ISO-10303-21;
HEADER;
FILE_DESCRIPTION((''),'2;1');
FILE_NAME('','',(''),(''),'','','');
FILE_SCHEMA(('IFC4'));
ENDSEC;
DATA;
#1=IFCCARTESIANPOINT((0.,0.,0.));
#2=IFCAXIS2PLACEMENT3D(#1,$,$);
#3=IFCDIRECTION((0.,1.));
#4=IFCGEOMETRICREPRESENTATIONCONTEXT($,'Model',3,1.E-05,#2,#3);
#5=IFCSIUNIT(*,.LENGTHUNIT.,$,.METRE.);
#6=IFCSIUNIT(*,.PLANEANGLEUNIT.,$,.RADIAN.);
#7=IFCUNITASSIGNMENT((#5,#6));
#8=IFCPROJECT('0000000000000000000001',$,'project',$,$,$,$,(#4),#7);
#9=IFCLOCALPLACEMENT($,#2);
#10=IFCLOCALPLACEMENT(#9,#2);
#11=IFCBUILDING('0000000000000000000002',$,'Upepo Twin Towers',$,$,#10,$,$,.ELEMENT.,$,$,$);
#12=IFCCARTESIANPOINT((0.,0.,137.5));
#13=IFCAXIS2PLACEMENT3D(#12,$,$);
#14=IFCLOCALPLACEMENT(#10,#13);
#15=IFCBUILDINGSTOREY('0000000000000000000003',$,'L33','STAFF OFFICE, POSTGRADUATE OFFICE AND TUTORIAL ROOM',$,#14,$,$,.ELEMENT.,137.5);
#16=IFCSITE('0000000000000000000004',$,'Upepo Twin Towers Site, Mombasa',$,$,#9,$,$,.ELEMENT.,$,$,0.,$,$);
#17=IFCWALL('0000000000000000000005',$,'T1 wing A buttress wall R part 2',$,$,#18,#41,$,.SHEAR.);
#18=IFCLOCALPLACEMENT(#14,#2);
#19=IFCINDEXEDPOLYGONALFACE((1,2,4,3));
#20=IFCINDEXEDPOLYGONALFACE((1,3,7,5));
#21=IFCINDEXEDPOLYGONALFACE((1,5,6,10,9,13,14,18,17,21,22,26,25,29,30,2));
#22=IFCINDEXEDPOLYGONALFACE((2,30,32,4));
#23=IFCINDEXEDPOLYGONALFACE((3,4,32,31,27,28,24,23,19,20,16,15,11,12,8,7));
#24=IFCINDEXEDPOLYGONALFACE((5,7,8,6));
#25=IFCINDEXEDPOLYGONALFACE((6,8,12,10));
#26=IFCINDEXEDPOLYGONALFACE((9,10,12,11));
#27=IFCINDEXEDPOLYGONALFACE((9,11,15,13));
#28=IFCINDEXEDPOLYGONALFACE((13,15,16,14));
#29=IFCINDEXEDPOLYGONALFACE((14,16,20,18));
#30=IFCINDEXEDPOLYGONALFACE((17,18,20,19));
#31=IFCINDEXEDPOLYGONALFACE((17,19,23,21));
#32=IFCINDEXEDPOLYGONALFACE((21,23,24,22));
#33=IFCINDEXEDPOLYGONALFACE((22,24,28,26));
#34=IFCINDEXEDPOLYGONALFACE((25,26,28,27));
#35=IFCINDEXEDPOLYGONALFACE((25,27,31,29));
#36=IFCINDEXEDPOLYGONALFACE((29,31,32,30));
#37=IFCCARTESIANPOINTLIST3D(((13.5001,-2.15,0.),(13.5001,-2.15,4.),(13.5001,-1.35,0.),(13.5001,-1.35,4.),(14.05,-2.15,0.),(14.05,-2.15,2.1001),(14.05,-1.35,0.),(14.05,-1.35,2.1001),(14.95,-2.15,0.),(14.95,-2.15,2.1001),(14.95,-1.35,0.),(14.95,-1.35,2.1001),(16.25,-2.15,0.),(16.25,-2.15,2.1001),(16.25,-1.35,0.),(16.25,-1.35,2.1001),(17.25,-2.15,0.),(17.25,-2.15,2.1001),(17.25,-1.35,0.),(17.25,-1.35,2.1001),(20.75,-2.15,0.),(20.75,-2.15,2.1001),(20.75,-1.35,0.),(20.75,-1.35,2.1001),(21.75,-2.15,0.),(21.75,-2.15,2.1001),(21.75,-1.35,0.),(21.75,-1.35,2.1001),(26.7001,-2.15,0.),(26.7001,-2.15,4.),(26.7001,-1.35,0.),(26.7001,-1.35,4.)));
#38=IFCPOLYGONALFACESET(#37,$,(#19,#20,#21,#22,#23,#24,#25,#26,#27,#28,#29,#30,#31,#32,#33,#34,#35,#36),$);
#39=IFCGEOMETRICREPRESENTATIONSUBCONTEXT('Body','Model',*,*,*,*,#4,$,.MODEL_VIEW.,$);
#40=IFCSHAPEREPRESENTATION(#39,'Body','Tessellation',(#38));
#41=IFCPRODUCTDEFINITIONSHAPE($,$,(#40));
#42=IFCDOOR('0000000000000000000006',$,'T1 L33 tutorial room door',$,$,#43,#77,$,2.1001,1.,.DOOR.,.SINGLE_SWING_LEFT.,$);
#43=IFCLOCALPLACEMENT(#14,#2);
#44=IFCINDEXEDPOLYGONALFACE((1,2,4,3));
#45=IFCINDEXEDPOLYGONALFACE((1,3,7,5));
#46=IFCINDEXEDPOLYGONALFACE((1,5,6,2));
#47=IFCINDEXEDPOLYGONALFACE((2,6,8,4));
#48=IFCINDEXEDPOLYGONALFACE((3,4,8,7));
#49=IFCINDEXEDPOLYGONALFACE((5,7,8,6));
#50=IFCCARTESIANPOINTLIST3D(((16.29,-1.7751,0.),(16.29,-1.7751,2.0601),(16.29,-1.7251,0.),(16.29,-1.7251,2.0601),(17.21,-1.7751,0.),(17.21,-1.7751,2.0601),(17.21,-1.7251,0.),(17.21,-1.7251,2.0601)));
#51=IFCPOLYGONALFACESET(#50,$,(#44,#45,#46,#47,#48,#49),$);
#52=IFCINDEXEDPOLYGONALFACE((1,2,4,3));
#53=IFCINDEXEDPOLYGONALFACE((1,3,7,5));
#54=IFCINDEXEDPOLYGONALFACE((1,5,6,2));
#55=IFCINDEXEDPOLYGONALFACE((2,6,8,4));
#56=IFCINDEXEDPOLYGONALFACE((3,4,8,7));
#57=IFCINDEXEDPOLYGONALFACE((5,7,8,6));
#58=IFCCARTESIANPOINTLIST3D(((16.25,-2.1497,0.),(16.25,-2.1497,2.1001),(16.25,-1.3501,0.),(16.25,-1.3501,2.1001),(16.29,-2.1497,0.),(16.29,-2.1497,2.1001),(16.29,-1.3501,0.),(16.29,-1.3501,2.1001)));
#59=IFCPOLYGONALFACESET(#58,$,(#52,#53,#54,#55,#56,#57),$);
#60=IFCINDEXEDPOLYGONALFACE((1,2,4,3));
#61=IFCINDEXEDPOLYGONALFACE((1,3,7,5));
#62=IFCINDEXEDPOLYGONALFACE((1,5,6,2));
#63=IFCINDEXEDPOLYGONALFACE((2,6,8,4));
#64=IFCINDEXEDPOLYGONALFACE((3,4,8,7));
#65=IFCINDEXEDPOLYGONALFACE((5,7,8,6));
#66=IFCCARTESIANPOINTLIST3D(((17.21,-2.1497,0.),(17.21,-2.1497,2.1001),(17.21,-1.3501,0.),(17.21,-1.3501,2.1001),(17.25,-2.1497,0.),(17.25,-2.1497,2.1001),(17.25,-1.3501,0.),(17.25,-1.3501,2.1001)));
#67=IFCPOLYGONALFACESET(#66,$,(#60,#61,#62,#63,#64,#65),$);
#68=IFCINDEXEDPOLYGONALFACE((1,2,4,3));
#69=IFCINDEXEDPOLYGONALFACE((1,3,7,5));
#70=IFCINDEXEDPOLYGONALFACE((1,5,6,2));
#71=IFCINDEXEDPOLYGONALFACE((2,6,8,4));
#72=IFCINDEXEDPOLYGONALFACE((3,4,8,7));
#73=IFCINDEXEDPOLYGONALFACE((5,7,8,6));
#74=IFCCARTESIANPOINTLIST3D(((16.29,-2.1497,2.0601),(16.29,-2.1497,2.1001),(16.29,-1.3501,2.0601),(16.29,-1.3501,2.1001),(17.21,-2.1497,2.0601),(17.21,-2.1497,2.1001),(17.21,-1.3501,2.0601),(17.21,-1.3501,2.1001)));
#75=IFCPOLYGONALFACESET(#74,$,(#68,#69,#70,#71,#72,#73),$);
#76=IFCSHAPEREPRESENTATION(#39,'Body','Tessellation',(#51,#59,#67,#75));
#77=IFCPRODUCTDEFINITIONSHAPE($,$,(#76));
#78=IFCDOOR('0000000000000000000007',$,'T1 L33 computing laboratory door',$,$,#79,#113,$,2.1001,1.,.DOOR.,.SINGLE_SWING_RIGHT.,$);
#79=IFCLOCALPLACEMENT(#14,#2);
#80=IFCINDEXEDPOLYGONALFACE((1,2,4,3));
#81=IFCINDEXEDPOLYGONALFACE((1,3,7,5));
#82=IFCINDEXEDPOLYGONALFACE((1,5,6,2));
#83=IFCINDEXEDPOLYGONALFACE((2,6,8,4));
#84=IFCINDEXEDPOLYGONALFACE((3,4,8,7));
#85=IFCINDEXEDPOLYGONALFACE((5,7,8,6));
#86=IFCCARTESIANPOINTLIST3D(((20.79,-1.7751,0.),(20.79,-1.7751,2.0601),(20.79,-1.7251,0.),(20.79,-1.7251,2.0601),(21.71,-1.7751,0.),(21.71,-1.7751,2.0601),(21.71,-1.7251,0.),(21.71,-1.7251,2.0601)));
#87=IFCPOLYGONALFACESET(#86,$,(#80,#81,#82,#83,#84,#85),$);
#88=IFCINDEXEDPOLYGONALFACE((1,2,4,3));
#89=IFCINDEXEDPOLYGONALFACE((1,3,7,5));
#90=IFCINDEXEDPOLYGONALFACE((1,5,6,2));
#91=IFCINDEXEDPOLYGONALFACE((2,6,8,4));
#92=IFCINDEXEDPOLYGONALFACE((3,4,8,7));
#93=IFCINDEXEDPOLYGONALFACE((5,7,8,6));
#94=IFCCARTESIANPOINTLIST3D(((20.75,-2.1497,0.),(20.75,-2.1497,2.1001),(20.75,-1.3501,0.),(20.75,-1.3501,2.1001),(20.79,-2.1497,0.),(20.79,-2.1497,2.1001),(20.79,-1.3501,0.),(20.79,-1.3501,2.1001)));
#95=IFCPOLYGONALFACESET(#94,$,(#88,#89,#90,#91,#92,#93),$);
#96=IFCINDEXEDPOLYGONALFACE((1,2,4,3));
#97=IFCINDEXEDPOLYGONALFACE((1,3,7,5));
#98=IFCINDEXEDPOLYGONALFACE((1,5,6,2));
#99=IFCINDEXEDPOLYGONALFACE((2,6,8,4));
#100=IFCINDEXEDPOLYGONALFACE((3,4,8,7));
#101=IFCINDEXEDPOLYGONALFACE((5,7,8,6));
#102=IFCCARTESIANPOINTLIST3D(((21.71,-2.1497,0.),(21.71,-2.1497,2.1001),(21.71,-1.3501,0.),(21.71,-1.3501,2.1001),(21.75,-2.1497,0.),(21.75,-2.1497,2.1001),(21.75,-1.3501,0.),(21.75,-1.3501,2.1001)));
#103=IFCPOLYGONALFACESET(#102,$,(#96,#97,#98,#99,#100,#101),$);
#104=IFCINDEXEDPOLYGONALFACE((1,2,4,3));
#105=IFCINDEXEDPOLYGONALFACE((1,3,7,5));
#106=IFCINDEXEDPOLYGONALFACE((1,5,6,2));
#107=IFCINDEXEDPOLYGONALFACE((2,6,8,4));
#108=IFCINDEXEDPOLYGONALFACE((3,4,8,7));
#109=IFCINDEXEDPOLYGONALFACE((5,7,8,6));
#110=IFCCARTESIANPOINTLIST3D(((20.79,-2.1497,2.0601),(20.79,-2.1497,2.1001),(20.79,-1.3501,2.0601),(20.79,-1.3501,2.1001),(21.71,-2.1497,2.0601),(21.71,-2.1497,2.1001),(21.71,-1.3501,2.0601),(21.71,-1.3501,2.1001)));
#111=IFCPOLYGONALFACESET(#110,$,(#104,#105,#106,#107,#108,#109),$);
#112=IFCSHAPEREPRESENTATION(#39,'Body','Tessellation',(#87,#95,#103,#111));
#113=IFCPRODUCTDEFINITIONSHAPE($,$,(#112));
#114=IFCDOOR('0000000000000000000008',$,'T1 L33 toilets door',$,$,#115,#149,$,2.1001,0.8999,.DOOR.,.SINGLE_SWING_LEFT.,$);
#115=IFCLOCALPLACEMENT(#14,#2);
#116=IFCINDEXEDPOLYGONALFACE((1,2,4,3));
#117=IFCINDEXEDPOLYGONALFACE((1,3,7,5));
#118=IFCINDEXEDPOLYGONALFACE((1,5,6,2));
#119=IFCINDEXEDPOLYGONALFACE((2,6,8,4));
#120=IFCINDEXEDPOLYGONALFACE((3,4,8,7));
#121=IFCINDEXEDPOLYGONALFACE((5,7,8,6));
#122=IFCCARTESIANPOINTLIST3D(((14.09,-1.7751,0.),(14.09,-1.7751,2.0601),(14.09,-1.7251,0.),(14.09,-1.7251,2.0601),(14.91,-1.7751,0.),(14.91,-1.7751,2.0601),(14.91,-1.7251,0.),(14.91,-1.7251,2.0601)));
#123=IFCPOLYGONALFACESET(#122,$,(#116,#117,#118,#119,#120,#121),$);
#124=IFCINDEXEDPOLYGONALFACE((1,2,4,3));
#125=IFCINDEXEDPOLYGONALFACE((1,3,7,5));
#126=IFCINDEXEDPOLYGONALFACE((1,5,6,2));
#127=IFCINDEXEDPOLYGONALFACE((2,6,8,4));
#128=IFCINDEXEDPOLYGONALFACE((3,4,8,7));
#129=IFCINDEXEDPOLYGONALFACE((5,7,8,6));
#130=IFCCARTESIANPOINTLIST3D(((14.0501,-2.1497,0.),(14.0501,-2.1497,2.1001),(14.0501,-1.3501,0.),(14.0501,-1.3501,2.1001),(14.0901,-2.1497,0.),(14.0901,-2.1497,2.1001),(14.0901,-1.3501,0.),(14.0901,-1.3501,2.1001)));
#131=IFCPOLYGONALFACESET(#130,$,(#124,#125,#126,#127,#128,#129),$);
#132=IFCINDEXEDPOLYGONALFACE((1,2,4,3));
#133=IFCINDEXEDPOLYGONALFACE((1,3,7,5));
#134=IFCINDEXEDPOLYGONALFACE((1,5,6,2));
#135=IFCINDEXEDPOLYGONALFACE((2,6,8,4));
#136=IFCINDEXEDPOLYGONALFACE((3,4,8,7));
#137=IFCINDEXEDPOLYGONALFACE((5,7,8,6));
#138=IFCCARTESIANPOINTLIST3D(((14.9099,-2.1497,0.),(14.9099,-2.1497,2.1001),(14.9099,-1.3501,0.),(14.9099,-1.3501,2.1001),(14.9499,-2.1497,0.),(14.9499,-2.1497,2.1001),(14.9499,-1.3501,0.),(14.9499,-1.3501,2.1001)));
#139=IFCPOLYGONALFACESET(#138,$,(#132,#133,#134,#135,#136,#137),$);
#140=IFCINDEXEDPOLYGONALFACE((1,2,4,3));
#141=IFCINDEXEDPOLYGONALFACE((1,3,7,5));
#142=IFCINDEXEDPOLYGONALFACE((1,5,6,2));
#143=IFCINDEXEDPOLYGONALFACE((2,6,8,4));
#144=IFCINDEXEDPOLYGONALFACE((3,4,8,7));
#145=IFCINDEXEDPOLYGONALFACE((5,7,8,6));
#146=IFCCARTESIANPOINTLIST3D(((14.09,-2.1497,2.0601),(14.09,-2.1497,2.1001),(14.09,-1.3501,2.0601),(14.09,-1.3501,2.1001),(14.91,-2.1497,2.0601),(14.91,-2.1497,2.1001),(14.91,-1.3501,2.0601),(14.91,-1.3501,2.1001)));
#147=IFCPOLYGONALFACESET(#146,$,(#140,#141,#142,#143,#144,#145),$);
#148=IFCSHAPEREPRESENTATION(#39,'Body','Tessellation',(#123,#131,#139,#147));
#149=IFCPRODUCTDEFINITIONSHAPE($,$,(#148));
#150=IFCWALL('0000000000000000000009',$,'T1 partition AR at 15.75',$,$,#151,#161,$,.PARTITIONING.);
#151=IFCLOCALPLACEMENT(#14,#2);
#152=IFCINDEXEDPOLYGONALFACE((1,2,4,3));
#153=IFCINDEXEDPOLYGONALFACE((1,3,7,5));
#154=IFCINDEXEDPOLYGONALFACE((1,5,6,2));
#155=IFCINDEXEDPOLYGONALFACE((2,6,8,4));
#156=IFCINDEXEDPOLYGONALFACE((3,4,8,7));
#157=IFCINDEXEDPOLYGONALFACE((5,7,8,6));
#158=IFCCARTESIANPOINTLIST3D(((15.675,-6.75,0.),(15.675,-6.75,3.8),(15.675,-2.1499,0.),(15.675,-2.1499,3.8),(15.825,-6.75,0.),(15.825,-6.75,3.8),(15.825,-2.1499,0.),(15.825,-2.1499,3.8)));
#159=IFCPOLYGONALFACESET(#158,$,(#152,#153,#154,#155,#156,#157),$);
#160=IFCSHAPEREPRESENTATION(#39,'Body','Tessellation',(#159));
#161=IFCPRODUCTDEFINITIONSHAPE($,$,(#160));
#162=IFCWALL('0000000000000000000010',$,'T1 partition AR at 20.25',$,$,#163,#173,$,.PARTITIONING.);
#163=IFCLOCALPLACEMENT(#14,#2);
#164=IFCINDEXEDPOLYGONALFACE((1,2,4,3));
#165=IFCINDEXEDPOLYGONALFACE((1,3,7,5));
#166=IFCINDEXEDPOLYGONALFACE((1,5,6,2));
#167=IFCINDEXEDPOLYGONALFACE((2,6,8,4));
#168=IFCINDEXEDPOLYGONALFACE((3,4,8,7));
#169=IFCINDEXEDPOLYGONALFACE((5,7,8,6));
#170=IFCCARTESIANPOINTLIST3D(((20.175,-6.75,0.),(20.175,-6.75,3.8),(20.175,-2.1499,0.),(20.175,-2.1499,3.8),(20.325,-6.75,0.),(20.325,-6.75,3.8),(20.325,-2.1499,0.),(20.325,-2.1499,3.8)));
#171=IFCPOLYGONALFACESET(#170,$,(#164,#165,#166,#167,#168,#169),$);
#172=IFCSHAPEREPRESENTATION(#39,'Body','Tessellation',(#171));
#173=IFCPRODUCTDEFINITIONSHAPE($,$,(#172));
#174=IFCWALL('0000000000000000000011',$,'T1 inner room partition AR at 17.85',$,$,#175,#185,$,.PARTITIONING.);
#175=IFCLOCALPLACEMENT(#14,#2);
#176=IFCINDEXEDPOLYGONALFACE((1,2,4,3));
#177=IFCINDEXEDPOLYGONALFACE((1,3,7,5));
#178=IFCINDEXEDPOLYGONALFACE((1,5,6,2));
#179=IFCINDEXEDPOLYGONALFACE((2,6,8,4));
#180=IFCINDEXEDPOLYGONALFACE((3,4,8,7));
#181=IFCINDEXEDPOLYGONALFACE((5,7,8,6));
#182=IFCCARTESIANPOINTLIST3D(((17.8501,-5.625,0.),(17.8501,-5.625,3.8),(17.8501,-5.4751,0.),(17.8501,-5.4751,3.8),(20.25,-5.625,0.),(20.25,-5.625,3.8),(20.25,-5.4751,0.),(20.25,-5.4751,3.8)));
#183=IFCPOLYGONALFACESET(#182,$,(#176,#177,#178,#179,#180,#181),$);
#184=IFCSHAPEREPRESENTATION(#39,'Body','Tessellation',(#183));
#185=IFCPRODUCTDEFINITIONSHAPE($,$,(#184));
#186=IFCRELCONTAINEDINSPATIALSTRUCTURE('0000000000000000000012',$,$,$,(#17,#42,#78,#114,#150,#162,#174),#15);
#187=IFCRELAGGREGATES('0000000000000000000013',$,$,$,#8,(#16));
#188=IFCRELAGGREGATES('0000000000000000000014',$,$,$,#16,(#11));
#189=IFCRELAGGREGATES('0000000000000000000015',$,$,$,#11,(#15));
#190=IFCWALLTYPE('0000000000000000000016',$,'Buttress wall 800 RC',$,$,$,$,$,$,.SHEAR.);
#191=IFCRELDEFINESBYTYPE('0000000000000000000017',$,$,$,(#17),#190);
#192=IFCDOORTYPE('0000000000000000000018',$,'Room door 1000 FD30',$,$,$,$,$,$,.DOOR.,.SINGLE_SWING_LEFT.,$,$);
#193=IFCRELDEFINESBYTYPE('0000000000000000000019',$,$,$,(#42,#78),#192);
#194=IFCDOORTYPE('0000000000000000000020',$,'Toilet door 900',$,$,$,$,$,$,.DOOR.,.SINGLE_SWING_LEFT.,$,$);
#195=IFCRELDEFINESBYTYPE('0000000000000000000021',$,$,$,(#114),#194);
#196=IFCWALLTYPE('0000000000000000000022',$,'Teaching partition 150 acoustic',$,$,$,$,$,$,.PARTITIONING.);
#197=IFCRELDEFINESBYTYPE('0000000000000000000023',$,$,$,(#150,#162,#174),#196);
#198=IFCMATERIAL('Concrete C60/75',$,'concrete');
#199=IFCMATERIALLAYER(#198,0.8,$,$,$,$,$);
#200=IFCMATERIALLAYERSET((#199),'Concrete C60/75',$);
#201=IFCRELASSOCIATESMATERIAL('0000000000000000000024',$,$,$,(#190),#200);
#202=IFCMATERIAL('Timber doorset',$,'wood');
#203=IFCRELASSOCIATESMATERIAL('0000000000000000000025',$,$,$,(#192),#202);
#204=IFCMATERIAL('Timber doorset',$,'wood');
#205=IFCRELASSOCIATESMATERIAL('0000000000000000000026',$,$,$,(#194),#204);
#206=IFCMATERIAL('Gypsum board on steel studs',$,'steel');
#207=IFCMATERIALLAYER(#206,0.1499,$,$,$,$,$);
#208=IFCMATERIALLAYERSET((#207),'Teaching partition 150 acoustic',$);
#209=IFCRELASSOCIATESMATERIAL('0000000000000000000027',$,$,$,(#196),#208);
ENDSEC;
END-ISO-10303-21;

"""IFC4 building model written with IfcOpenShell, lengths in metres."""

from ifc_helpers import new_model, si_unit, direction, frame, frame_2d, origin, place, context, subcontext, project, spatial, rectangle, extrude, material, layer, layer_set, type_object, element, fill, save


model = new_model("IFC4")

# Units and contexts
model_context = context("Model", 3, precision=1e-05, world=origin(), true_north=direction((0.0, 1.0)))
body_context = subcontext(model_context, "Body", "Model", "MODEL_VIEW")
ifc_project = project(units=[si_unit("LENGTHUNIT", "METRE"), si_unit("PLANEANGLEUNIT", "RADIAN")], contexts=[model_context])

# Site, building, storey
site_placement = place(None, origin())
site = spatial("IfcSite", under=ifc_project, at=site_placement, Name="Upepo Twin Towers Site, Mombasa", CompositionType="ELEMENT", RefElevation=0.0)
building_placement = place(site_placement, origin())
building = spatial("IfcBuilding", under=site, at=building_placement, Name="Upepo Twin Towers", CompositionType="ELEMENT")
storey_placement = place(building_placement, frame((0.0, 0.0, 137.5)))
storey = spatial("IfcBuildingStorey", under=building, at=storey_placement, Name="L33", Description="STAFF OFFICE, POSTGRADUATE OFFICE AND TUTORIAL ROOM", CompositionType="ELEMENT", Elevation=137.5)

# Wall, openings, doors
ifc_material_1 = material(Name="Concrete C60/75", Category="concrete")
ifc_layer_1 = layer(ifc_material_1, 0.8)
ifc_layer_set_1 = layer_set([ifc_layer_1], Name="Concrete C60/75")
wall_type_1 = type_object("IfcWallType", Name="Buttress wall 800 RC", PredefinedType="SHEAR", material=ifc_layer_set_1)
ifc_material_2 = material(Name="Timber doorset", Category="wood")
door_type_1 = type_object("IfcDoorType", Name="Room door 1000 FD30", OperationType="SINGLE_SWING_LEFT", PredefinedType="DOOR", material=ifc_material_2)
ifc_material_3 = material(Name="Timber doorset", Category="wood")
door_type_2 = type_object("IfcDoorType", Name="Toilet door 900", OperationType="SINGLE_SWING_LEFT", PredefinedType="DOOR", material=ifc_material_3)
wall_1_placement = place(storey_placement, frame((13.5, -1.75, 0.0), z_axis=(0.0, 0.0, 1.0), x_axis=(1.0, 0.0, 0.0)))
wall_1 = element("IfcWall", 1, at=wall_1_placement, inside=storey, type_object=wall_type_1, Name="T1 wing A buttress wall R part 2", PredefinedType="SHEAR", context=body_context, shape_type="SweptSolid", body=[
    extrude(rectangle(XDim=13.2, YDim=0.8, at=frame_2d((6.6001, 0.0))), origin(), (0.0, 0.0, 1.0), 4.0),
])
opening_1_placement = place(wall_1_placement, frame((0.55, 0.0, 0.0)))
opening_1 = element("IfcOpeningElement", 2, at=opening_1_placement, cuts=wall_1, PredefinedType="OPENING", context=body_context, shape_type="SweptSolid", body=[
    extrude(rectangle(XDim=0.8999, YDim=2.1001, at=frame_2d((0.45, 1.05))), frame((0.0, 0.4099, 0.0), z_axis=(0.0, -1.0, 0.0), x_axis=(1.0, 0.0, 0.0)), (0.0, 0.0, 1.0), 0.8201),
])
opening_2_placement = place(wall_1_placement, frame((2.75, 0.0, 0.0)))
opening_2 = element("IfcOpeningElement", 3, at=opening_2_placement, cuts=wall_1, PredefinedType="OPENING", context=body_context, shape_type="SweptSolid", body=[
    extrude(rectangle(XDim=1.0, YDim=2.1001, at=frame_2d((0.5, 1.05))), frame((0.0, 0.4099, 0.0), z_axis=(0.0, -1.0, 0.0), x_axis=(1.0, 0.0, 0.0)), (0.0, 0.0, 1.0), 0.8201),
])
opening_3_placement = place(wall_1_placement, frame((7.25, 0.0, 0.0)))
opening_3 = element("IfcOpeningElement", 4, at=opening_3_placement, cuts=wall_1, PredefinedType="OPENING", context=body_context, shape_type="SweptSolid", body=[
    extrude(rectangle(XDim=1.0, YDim=2.1001, at=frame_2d((0.5, 1.05))), frame((0.0, 0.4099, 0.0), z_axis=(0.0, -1.0, 0.0), x_axis=(1.0, 0.0, 0.0)), (0.0, 0.0, 1.0), 0.8201),
])
door_1_placement = place(opening_2_placement, origin())
door_1 = element("IfcDoor", 5, at=door_1_placement, inside=storey, type_object=door_type_1, Name="T1 L33 tutorial room door", OperationType="SINGLE_SWING_LEFT", OverallHeight=2.1001, OverallWidth=1.0, PredefinedType="DOOR", context=body_context, shape_type="SweptSolid", body=[
    extrude(rectangle(XDim=0.92, YDim=2.0601, at=frame_2d((0.5, 1.03))), frame((0.0, 0.0249, 0.0), z_axis=(0.0, -1.0, 0.0), x_axis=(1.0, 0.0, 0.0)), (0.0, 0.0, 1.0), 0.05),
    extrude(rectangle(XDim=0.04, YDim=2.1001, at=frame_2d((0.02, 1.05))), frame((0.0, 0.3999, 0.0), z_axis=(0.0, -1.0, 0.0), x_axis=(1.0, 0.0, 0.0)), (0.0, 0.0, 1.0), 0.7996),
    extrude(rectangle(XDim=0.04, YDim=2.1001, at=frame_2d((0.98, 1.05))), frame((0.0, 0.3999, 0.0), z_axis=(0.0, -1.0, 0.0), x_axis=(1.0, 0.0, 0.0)), (0.0, 0.0, 1.0), 0.7996),
    extrude(rectangle(XDim=0.92, YDim=0.04, at=frame_2d((0.5, 2.0801))), frame((0.0, 0.3999, 0.0), z_axis=(0.0, -1.0, 0.0), x_axis=(1.0, 0.0, 0.0)), (0.0, 0.0, 1.0), 0.7996),
])
fill(opening_2, door_1)
door_2_placement = place(opening_3_placement, origin())
door_2 = element("IfcDoor", 6, at=door_2_placement, inside=storey, type_object=door_type_1, Name="T1 L33 computing laboratory door", OperationType="SINGLE_SWING_RIGHT", OverallHeight=2.1001, OverallWidth=1.0, PredefinedType="DOOR", context=body_context, shape_type="SweptSolid", body=[
    extrude(rectangle(XDim=0.92, YDim=2.0601, at=frame_2d((0.5, 1.03))), frame((0.0, 0.0249, 0.0), z_axis=(0.0, -1.0, 0.0), x_axis=(1.0, 0.0, 0.0)), (0.0, 0.0, 1.0), 0.05),
    extrude(rectangle(XDim=0.04, YDim=2.1001, at=frame_2d((0.02, 1.05))), frame((0.0, 0.3999, 0.0), z_axis=(0.0, -1.0, 0.0), x_axis=(1.0, 0.0, 0.0)), (0.0, 0.0, 1.0), 0.7996),
    extrude(rectangle(XDim=0.04, YDim=2.1001, at=frame_2d((0.98, 1.05))), frame((0.0, 0.3999, 0.0), z_axis=(0.0, -1.0, 0.0), x_axis=(1.0, 0.0, 0.0)), (0.0, 0.0, 1.0), 0.7996),
    extrude(rectangle(XDim=0.92, YDim=0.04, at=frame_2d((0.5, 2.0801))), frame((0.0, 0.3999, 0.0), z_axis=(0.0, -1.0, 0.0), x_axis=(1.0, 0.0, 0.0)), (0.0, 0.0, 1.0), 0.7996),
])
fill(opening_3, door_2)
door_3_placement = place(opening_1_placement, origin())
door_3 = element("IfcDoor", 7, at=door_3_placement, inside=storey, type_object=door_type_2, Name="T1 L33 toilets door", OperationType="SINGLE_SWING_LEFT", OverallHeight=2.1001, OverallWidth=0.8999, PredefinedType="DOOR", context=body_context, shape_type="SweptSolid", body=[
    extrude(rectangle(XDim=0.8199, YDim=2.0601, at=frame_2d((0.45, 1.03))), frame((0.0, 0.0249, 0.0), z_axis=(0.0, -1.0, 0.0), x_axis=(1.0, 0.0, 0.0)), (0.0, 0.0, 1.0), 0.05),
    extrude(rectangle(XDim=0.04, YDim=2.1001, at=frame_2d((0.02, 1.05))), frame((0.0, 0.3999, 0.0), z_axis=(0.0, -1.0, 0.0), x_axis=(1.0, 0.0, 0.0)), (0.0, 0.0, 1.0), 0.7996),
    extrude(rectangle(XDim=0.04, YDim=2.1001, at=frame_2d((0.8799, 1.05))), frame((0.0, 0.3999, 0.0), z_axis=(0.0, -1.0, 0.0), x_axis=(1.0, 0.0, 0.0)), (0.0, 0.0, 1.0), 0.7996),
    extrude(rectangle(XDim=0.8199, YDim=0.04, at=frame_2d((0.45, 2.0801))), frame((0.0, 0.3999, 0.0), z_axis=(0.0, -1.0, 0.0), x_axis=(1.0, 0.0, 0.0)), (0.0, 0.0, 1.0), 0.7996),
])
fill(opening_1, door_3)

# Walls
ifc_material_4 = material(Name="Gypsum board on steel studs", Category="steel")
ifc_layer_2 = layer(ifc_material_4, 0.1499)
ifc_layer_set_2 = layer_set([ifc_layer_2], Name="Teaching partition 150 acoustic")
wall_type_2 = type_object("IfcWallType", Name="Teaching partition 150 acoustic", PredefinedType="PARTITIONING", material=ifc_layer_set_2)
for number, where, z_axis, x_axis, name in (
    (8, (15.75, -2.1499, 0.0), (0.0, 0.0, 1.0), (0.0, -1.0, 0.0), "T1 partition AR at 15.75"),
    (9, (20.25, -2.1499, 0.0), (0.0, 0.0, 1.0), (0.0, -1.0, 0.0), "T1 partition AR at 20.25"),
):
    element("IfcWall", number, at=place(storey_placement, frame(where, z_axis=z_axis, x_axis=x_axis)), inside=storey, type_object=wall_type_2, Name=name, PredefinedType="PARTITIONING", context=body_context, shape_type="SweptSolid", body=[
        extrude(rectangle(XDim=4.6001, YDim=0.1499, at=frame_2d((2.3, 0.0))), origin(), (0.0, 0.0, 1.0), 3.8),
    ])
wall_2_placement = place(storey_placement, frame((17.8501, -5.55, 0.0), z_axis=(0.0, 0.0, 1.0), x_axis=(1.0, 0.0, 0.0)))
element("IfcWall", 10, at=wall_2_placement, inside=storey, type_object=wall_type_2, Name="T1 inner room partition AR at 17.85", PredefinedType="PARTITIONING", context=body_context, shape_type="SweptSolid", body=[
    extrude(rectangle(XDim=2.3999, YDim=0.1499, at=frame_2d((1.2, 0.0))), origin(), (0.0, 0.0, 1.0), 3.8),
])

save(model, "model.ifc")
